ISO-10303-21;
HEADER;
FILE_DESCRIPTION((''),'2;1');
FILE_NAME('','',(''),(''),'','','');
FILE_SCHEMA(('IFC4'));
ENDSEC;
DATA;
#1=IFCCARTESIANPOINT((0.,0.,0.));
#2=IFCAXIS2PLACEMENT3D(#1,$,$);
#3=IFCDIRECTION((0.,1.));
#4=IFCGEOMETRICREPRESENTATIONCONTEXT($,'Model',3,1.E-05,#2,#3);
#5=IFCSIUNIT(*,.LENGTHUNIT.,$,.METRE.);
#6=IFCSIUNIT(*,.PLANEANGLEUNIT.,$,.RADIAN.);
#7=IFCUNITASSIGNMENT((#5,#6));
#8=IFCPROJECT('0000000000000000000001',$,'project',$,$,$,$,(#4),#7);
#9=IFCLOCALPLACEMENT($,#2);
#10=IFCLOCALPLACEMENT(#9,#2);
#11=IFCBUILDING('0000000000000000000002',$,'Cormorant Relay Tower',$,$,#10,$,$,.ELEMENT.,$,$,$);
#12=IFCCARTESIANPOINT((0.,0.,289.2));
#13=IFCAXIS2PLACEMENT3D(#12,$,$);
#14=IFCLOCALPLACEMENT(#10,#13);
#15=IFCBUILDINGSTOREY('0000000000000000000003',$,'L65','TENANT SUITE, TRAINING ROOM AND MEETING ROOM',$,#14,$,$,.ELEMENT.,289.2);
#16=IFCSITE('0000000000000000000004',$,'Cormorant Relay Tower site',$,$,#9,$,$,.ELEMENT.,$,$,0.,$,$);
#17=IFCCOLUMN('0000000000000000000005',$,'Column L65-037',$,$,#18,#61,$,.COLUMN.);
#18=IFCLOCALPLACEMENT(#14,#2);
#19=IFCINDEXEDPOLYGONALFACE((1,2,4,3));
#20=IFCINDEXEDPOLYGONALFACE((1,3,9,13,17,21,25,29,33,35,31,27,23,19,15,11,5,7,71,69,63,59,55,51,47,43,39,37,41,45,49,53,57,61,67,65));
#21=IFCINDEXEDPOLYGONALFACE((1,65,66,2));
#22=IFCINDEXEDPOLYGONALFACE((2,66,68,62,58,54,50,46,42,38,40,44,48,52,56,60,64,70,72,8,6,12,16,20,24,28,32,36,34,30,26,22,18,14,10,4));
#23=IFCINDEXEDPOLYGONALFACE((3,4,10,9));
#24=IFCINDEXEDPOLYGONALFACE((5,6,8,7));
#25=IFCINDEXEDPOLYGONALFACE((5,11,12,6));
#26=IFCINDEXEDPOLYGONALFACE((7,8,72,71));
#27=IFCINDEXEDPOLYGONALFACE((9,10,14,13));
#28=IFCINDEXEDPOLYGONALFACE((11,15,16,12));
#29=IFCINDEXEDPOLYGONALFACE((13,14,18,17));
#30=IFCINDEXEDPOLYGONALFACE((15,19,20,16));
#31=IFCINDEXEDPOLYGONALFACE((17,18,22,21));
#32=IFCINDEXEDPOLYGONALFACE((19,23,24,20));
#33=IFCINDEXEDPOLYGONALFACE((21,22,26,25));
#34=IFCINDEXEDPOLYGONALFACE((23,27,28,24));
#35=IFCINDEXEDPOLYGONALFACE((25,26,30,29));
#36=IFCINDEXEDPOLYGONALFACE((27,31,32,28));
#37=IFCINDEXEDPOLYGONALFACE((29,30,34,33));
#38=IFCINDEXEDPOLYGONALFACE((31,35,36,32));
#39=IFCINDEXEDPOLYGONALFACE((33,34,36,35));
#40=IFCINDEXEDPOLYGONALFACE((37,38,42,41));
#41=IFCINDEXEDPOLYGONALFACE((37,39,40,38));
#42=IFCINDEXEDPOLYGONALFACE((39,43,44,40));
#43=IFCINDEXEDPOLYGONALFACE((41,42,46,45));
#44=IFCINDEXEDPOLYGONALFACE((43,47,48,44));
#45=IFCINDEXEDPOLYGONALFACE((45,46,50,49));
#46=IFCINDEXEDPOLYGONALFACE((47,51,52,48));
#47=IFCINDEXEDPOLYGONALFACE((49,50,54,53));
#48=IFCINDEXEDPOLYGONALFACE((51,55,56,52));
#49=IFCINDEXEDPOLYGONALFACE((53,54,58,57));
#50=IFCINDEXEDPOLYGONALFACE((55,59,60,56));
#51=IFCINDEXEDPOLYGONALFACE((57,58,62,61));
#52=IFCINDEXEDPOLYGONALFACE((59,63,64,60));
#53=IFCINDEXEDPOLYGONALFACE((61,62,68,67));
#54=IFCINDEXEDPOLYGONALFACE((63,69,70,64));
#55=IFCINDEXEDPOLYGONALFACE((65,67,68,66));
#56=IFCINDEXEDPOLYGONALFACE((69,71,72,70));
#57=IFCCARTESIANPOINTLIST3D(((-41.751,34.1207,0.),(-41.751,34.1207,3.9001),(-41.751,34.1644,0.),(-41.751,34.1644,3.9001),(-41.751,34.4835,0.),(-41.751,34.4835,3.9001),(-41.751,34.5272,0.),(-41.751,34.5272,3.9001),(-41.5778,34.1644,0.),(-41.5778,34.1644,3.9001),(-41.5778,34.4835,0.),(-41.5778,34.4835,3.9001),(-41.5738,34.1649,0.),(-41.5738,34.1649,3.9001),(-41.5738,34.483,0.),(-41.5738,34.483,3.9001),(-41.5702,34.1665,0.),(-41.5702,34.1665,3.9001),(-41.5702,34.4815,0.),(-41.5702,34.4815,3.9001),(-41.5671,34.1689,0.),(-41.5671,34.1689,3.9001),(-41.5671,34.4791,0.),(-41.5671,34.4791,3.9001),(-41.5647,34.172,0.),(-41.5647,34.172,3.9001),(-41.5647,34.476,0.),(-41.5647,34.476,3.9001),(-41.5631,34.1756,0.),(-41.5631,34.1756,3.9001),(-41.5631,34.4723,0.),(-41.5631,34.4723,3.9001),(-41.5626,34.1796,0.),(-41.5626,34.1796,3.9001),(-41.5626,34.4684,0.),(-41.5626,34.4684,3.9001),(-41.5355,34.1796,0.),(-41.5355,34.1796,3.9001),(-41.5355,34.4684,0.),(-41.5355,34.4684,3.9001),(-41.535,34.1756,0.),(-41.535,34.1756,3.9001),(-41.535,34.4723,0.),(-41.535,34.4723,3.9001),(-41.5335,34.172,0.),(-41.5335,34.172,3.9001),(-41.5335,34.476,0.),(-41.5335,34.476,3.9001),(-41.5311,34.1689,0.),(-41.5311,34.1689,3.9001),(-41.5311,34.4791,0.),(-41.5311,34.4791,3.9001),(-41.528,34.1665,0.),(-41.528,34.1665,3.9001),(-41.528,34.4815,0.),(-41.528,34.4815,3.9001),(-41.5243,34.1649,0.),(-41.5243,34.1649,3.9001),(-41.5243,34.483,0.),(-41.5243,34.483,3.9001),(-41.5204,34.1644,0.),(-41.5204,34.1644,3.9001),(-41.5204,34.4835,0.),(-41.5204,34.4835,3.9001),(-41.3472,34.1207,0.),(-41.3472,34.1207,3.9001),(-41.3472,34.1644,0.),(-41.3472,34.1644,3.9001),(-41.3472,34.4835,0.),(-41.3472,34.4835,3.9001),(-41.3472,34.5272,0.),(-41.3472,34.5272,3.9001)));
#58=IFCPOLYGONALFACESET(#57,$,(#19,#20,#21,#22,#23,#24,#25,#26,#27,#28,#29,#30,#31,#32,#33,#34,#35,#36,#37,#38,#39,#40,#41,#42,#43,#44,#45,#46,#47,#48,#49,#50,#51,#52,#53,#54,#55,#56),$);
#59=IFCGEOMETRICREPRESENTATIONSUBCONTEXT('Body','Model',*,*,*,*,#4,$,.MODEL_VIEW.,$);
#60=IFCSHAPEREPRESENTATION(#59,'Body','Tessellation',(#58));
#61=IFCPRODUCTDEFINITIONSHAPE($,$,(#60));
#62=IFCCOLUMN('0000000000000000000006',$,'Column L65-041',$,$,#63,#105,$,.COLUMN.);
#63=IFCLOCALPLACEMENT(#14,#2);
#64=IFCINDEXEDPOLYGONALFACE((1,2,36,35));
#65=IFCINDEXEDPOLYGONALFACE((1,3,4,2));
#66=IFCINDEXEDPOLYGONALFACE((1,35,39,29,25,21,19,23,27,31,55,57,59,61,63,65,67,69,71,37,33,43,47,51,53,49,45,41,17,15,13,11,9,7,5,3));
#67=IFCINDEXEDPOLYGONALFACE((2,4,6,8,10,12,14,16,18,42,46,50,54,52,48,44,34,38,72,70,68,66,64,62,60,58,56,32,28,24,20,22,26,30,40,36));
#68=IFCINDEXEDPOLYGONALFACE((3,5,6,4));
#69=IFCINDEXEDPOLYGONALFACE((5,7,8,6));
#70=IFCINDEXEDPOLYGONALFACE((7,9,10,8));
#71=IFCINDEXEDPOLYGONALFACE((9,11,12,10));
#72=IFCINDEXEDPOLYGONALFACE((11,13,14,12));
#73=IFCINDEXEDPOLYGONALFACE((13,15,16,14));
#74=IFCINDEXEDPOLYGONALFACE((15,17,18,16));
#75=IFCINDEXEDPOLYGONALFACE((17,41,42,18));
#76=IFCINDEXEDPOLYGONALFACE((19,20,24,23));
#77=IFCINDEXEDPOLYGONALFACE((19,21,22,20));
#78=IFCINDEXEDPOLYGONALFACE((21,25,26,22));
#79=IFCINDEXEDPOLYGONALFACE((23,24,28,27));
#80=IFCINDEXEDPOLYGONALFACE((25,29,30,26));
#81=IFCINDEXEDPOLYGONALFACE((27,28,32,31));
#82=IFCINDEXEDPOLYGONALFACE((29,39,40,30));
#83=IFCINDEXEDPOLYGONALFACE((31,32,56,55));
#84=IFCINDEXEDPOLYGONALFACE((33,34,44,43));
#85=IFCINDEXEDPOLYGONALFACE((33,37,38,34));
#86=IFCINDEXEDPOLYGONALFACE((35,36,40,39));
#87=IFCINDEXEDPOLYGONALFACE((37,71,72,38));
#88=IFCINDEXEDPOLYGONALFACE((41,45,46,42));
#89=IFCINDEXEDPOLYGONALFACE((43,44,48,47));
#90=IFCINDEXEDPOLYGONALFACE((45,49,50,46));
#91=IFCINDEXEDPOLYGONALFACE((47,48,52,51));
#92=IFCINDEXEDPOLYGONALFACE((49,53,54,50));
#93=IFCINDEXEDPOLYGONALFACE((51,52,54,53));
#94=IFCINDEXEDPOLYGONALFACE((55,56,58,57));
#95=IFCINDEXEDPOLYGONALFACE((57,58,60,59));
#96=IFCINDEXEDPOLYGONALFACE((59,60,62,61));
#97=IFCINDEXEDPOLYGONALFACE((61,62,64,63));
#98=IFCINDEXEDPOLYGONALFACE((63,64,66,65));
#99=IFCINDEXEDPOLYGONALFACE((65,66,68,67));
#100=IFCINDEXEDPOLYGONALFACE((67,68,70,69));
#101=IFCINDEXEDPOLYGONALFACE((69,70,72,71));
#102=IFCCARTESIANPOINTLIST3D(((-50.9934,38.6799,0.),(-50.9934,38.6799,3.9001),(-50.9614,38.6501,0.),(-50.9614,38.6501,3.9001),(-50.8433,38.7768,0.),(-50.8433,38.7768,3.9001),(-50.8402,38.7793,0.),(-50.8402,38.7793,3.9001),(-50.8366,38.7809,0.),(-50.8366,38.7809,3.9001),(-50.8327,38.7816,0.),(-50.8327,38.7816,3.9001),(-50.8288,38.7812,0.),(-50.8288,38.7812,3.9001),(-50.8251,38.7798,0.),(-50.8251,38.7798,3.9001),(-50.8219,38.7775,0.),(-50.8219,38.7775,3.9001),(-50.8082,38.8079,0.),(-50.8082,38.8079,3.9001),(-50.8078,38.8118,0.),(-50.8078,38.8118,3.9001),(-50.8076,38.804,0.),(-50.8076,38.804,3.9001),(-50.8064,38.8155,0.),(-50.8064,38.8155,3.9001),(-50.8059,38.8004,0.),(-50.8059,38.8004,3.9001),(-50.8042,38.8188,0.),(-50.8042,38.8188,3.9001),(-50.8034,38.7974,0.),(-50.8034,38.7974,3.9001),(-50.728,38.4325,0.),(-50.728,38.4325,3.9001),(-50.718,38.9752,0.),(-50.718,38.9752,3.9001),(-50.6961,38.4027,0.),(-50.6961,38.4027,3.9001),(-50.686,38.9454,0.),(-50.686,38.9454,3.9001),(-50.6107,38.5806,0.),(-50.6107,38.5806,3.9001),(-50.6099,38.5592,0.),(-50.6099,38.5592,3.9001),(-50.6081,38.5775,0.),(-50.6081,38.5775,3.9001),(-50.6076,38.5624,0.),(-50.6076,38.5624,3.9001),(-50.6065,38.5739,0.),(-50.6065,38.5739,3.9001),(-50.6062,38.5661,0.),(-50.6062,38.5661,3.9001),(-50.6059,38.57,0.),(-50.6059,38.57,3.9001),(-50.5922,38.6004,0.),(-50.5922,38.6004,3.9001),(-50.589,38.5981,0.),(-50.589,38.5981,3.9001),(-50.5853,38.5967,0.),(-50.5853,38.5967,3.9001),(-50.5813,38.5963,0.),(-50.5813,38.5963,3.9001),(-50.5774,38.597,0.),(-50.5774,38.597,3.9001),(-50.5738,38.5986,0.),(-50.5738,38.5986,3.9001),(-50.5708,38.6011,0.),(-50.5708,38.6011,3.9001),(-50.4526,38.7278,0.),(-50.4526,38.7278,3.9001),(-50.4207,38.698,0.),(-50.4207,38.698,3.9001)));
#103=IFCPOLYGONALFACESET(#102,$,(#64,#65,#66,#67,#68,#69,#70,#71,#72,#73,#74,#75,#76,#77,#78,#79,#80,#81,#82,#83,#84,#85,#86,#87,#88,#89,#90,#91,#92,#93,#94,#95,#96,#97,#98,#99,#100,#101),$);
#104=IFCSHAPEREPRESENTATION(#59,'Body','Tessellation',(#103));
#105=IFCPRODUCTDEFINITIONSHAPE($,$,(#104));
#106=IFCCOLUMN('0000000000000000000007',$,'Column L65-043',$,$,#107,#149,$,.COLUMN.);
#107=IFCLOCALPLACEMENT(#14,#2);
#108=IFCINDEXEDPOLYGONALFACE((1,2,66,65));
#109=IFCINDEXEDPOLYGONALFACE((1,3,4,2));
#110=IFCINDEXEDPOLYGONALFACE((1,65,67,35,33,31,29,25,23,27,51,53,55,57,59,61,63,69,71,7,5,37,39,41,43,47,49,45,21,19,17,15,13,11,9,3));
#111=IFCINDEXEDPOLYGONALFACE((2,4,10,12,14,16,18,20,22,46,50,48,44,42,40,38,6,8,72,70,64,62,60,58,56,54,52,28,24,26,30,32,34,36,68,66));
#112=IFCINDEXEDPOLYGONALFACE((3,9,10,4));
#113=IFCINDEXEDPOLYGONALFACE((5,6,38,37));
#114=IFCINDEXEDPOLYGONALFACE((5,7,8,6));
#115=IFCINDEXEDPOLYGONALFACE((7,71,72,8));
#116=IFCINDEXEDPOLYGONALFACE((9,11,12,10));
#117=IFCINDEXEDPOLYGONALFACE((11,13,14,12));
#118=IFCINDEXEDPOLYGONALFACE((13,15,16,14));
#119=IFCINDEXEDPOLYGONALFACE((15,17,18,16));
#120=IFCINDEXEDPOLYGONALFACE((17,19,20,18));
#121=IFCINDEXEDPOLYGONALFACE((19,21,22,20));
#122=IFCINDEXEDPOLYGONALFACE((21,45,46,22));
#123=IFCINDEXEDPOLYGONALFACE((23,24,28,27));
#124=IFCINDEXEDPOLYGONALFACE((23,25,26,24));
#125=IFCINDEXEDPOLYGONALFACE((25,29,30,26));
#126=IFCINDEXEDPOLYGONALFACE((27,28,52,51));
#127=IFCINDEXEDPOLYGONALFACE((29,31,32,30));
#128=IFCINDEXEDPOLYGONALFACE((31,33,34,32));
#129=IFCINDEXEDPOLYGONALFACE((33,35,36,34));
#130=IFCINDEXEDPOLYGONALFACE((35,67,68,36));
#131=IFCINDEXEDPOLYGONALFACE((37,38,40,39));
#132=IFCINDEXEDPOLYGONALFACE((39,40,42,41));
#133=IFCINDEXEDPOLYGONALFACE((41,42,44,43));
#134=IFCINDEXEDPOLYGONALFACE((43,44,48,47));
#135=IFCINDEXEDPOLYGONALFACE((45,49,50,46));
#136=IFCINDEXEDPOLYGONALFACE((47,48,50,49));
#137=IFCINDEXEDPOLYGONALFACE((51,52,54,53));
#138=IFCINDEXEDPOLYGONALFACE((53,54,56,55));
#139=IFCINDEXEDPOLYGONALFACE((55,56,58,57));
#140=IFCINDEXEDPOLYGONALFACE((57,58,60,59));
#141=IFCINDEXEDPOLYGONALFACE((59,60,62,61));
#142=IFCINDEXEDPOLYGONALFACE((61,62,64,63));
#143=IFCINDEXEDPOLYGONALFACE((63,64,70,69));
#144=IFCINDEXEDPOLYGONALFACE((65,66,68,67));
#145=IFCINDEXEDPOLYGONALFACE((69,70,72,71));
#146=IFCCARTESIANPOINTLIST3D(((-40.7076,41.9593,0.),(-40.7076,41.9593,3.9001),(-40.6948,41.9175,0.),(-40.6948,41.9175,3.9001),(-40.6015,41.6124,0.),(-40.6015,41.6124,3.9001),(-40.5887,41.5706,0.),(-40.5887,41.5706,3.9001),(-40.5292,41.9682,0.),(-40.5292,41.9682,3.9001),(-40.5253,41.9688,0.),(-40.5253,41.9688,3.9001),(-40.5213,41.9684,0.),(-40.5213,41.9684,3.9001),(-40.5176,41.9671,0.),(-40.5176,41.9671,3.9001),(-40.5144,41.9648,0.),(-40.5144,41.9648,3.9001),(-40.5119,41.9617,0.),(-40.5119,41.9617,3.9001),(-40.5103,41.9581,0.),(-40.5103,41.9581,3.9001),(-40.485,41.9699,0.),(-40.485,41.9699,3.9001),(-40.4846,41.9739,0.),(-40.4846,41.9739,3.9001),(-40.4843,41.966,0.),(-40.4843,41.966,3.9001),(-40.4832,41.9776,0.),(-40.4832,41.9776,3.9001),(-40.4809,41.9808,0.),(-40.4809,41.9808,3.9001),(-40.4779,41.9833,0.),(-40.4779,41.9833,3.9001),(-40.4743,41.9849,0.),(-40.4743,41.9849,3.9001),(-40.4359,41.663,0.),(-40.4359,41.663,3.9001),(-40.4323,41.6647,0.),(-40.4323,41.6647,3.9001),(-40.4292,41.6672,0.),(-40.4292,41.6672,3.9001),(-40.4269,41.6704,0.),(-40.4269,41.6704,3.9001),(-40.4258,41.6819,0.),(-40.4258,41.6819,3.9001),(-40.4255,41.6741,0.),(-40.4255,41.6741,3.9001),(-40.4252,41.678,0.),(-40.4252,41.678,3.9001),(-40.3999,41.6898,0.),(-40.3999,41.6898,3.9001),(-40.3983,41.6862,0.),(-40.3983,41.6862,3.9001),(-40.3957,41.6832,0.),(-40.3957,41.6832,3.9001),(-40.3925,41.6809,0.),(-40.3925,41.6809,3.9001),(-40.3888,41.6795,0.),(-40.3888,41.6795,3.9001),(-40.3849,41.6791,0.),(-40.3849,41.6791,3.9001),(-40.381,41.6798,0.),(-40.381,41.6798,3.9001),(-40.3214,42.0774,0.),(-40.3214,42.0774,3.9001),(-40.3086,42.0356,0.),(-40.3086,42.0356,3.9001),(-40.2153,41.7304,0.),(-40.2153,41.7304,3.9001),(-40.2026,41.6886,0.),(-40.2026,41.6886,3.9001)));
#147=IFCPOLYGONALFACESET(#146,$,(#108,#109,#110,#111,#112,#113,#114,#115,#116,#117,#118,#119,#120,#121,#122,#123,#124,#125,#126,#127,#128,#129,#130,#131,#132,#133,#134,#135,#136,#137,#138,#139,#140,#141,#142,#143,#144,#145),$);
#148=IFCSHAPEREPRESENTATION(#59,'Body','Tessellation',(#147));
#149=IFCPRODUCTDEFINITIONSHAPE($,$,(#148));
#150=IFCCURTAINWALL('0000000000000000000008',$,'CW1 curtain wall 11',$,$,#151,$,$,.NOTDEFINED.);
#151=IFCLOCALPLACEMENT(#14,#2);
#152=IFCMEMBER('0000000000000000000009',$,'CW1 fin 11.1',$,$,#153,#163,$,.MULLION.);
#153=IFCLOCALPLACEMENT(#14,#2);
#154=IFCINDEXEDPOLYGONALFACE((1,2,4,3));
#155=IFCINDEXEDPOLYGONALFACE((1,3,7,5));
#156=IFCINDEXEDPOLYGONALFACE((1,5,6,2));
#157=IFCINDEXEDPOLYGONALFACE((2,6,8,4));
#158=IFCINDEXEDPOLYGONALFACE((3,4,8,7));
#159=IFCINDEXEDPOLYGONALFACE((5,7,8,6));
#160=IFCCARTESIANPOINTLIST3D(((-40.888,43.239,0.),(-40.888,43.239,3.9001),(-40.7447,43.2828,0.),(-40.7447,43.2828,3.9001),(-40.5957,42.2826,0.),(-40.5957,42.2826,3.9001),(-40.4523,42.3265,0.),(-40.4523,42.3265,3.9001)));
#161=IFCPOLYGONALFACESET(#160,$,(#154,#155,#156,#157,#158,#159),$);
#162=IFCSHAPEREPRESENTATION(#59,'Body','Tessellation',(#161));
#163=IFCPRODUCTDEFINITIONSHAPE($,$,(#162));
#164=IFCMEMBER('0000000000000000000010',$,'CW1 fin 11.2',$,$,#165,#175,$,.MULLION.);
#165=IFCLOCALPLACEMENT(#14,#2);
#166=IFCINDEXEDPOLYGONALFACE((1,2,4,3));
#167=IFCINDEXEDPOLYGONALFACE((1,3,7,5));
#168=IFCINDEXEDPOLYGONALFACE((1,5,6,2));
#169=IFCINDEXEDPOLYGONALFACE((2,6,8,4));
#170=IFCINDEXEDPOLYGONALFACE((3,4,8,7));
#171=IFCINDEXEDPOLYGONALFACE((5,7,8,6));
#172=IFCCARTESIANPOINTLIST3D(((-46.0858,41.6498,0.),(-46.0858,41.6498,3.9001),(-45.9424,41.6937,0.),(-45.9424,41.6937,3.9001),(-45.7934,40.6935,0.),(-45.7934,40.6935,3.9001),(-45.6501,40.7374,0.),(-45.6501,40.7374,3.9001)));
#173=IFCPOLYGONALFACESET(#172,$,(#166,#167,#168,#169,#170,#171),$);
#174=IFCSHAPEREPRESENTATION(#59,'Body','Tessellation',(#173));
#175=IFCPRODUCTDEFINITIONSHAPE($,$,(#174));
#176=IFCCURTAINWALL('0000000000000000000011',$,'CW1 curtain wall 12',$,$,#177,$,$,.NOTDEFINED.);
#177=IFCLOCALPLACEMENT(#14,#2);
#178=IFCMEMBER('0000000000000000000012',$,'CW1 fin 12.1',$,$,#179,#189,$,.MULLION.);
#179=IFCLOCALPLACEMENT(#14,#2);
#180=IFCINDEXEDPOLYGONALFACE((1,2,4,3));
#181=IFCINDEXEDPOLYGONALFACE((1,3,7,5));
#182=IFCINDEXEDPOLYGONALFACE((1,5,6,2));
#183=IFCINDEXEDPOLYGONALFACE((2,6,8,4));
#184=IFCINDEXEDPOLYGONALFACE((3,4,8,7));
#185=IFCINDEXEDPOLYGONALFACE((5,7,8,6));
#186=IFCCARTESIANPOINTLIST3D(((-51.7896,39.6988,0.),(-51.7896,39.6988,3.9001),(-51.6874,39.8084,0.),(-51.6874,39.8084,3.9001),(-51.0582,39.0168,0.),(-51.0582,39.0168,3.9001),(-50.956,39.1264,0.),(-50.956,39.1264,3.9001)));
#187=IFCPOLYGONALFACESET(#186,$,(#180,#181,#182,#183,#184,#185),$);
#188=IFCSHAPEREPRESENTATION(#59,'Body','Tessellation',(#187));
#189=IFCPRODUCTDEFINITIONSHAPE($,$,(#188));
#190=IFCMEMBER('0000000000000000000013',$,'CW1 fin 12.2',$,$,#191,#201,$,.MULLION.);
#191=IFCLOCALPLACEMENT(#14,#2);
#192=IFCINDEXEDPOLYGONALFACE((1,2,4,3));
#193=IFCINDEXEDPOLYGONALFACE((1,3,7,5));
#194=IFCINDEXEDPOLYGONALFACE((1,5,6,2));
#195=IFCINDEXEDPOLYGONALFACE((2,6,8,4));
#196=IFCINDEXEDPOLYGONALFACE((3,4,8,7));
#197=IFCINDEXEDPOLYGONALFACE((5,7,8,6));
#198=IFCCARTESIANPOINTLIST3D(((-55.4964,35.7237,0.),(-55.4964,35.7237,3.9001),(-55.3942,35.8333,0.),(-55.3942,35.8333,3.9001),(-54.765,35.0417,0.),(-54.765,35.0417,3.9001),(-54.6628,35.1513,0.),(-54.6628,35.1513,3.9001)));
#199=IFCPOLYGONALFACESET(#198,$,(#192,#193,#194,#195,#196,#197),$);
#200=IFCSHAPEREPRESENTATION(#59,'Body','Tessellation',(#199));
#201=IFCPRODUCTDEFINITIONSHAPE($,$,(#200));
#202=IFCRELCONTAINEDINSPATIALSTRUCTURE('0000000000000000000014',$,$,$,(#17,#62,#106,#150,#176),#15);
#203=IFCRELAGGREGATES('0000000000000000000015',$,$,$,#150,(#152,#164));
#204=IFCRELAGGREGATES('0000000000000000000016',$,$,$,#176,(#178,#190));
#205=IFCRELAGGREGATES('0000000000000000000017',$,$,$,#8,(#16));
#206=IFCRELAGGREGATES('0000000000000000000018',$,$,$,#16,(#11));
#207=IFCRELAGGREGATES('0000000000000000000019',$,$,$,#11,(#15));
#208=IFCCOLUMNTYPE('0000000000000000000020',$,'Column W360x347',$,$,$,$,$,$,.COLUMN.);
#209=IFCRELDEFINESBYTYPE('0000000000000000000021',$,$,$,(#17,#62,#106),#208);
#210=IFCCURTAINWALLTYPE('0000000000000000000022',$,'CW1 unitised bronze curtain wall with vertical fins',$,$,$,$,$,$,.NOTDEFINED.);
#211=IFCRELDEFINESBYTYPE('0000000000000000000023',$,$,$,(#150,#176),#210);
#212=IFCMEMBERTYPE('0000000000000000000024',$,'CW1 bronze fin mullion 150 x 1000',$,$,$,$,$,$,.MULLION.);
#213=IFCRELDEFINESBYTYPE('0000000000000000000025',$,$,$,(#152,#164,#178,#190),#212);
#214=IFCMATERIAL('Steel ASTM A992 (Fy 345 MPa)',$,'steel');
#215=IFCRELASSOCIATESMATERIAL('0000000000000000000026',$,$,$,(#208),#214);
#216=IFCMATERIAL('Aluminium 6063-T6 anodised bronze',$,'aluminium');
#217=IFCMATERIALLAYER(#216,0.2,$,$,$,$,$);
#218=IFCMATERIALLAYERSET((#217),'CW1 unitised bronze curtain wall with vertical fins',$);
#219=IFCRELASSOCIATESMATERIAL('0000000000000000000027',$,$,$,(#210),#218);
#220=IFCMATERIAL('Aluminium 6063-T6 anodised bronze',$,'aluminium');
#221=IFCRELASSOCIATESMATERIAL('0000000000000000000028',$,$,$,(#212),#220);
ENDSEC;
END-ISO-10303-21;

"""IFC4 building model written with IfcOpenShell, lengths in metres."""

from ifc_helpers import new_model, si_unit, direction, frame, origin, origin_2d, place, context, subcontext, project, spatial, rectangle, i_section, extrude, material, layer, layer_set, material_profile, profile_set, type_object, element, aggregate, save


model = new_model("IFC4")

# Units and contexts
model_context = context("Model", 3, precision=1e-05, world=origin(), true_north=direction((0.0, 1.0)))
body_context = subcontext(model_context, "Body", "Model", "MODEL_VIEW")
ifc_project = project(units=[si_unit("LENGTHUNIT", "METRE"), si_unit("PLANEANGLEUNIT", "RADIAN")], contexts=[model_context])

# Site, building, storey
site_placement = place(None, origin())
site = spatial("IfcSite", under=ifc_project, at=site_placement, Name="Cormorant Relay Tower site", CompositionType="ELEMENT", RefElevation=0.0)
building_placement = place(site_placement, origin())
building = spatial("IfcBuilding", under=site, at=building_placement, Name="Cormorant Relay Tower", CompositionType="ELEMENT")
storey_placement = place(building_placement, frame((0.0, 0.0, 289.2)))
storey = spatial("IfcBuildingStorey", under=building, at=storey_placement, Name="L65", Description="TENANT SUITE, TRAINING ROOM AND MEETING ROOM", CompositionType="ELEMENT", Elevation=289.2)

# Columns
ifc_material_1 = material(Name="Steel ASTM A992 (Fy 345 MPa)", Category="steel")
ifc_material_profile_1 = material_profile(ifc_material_1, i_section(OverallWidth=0.4038, OverallDepth=0.4065, WebThickness=0.0271, FlangeThickness=0.0437, FilletRadius=0.0151, at=origin_2d()), Name="W360x347")
ifc_profile_set_1 = profile_set([ifc_material_profile_1], Name="Steel ASTM A992 (Fy 345 MPa)")
column_type = type_object("IfcColumnType", Name="Column W360x347", PredefinedType="COLUMN", material=ifc_profile_set_1)
for number, where, z_axis, x_axis, name in (
    (1, (-41.5491, 34.324, 0.0), (0.0, 0.0, 1.0), (1.0, 0.0, 0.0), "Column L65-037"),
    (2, (-50.707, 38.689, 0.0), (0.0, 0.0, 1.0), (-0.681998, -0.731354, 0.0), "Column L65-041"),
    (3, (-40.4551, 41.824, 0.0), (0.0, 0.0, 1.0), (-0.956305, -0.292372, 0.0), "Column L65-043"),
):
    element("IfcColumn", number, at=place(storey_placement, frame(where, z_axis=z_axis, x_axis=x_axis)), inside=storey, type_object=column_type, Name=name, PredefinedType="COLUMN", context=body_context, shape_type="SweptSolid", body=[
        extrude(i_section(OverallWidth=0.4038, OverallDepth=0.4065, WebThickness=0.0271, FlangeThickness=0.0437, FilletRadius=0.0151, at=origin_2d()), origin(), (0.0, 0.0, 1.0), 3.9001),
    ])

# Curtain walls, members
ifc_material_2 = material(Name="Aluminium 6063-T6 anodised bronze", Category="aluminium")
ifc_layer_1 = layer(ifc_material_2, 0.2)
ifc_layer_set_1 = layer_set([ifc_layer_1], Name="CW1 unitised bronze curtain wall with vertical fins")
curtain_wall_type = type_object("IfcCurtainWallType", Name="CW1 unitised bronze curtain wall with vertical fins", PredefinedType="NOTDEFINED", material=ifc_layer_set_1)
curtain_wall_1_placement = place(storey_placement, origin())
curtain_wall_1 = element("IfcCurtainWall", 4, at=curtain_wall_1_placement, inside=storey, type_object=curtain_wall_type, Name="CW1 curtain wall 11", PredefinedType="NOTDEFINED")
ifc_material_3 = material(Name="Aluminium 6063-T6 anodised bronze", Category="aluminium")
ifc_material_profile_2 = material_profile(ifc_material_3, rectangle(XDim=0.1499, YDim=1.0, at=origin_2d()), Name="AL 150x1000")
ifc_profile_set_2 = profile_set([ifc_material_profile_2], Name="Aluminium 6063-T6 anodised bronze")
member_type_1 = type_object("IfcMemberType", Name="CW1 bronze fin mullion 150 x 1000", PredefinedType="MULLION", material=ifc_profile_set_2)
member_1_placement = place(storey_placement, frame((-40.6702, 42.7827, 0.0), z_axis=(0.0, 0.0, 1.0), x_axis=(-0.956305, -0.292372, 0.0)))
member_1 = element("IfcMember", 5, at=member_1_placement, type_object=member_type_1, Name="CW1 fin 11.1", PredefinedType="MULLION", context=body_context, shape_type="SweptSolid", body=[
    extrude(rectangle(XDim=0.1499, YDim=1.0, at=origin_2d()), origin(), (0.0, 0.0, 1.0), 3.9001),
])
member_2_placement = place(storey_placement, frame((-45.8679, 41.1936, 0.0), z_axis=(0.0, 0.0, 1.0), x_axis=(-0.956305, -0.292372, 0.0)))
member_2 = element("IfcMember", 6, at=member_2_placement, type_object=member_type_1, Name="CW1 fin 11.2", PredefinedType="MULLION", context=body_context, shape_type="SweptSolid", body=[
    extrude(rectangle(XDim=0.1499, YDim=1.0, at=origin_2d()), origin(), (0.0, 0.0, 1.0), 3.9001),
])
curtain_wall_2_placement = place(storey_placement, origin())
curtain_wall_2 = element("IfcCurtainWall", 7, at=curtain_wall_2_placement, inside=storey, type_object=curtain_wall_type, Name="CW1 curtain wall 12", PredefinedType="NOTDEFINED")
member_3_placement = place(storey_placement, frame((-51.3728, 39.4126, 0.0), z_axis=(0.0, 0.0, 1.0), x_axis=(-0.681998, -0.731354, 0.0)))
member_3 = element("IfcMember", 8, at=member_3_placement, type_object=member_type_1, Name="CW1 fin 12.1", PredefinedType="MULLION", context=body_context, shape_type="SweptSolid", body=[
    extrude(rectangle(XDim=0.1499, YDim=1.0, at=origin_2d()), origin(), (0.0, 0.0, 1.0), 3.9001),
])
member_4_placement = place(storey_placement, frame((-55.0796, 35.4375, 0.0), z_axis=(0.0, 0.0, 1.0), x_axis=(-0.681998, -0.731354, 0.0)))
member_4 = element("IfcMember", 9, at=member_4_placement, type_object=member_type_1, Name="CW1 fin 12.2", PredefinedType="MULLION", context=body_context, shape_type="SweptSolid", body=[
    extrude(rectangle(XDim=0.1499, YDim=1.0, at=origin_2d()), origin(), (0.0, 0.0, 1.0), 3.9001),
])

aggregate(curtain_wall_1, [member_1, member_2])
aggregate(curtain_wall_2, [member_3, member_4])

save(model, "model.ifc")
